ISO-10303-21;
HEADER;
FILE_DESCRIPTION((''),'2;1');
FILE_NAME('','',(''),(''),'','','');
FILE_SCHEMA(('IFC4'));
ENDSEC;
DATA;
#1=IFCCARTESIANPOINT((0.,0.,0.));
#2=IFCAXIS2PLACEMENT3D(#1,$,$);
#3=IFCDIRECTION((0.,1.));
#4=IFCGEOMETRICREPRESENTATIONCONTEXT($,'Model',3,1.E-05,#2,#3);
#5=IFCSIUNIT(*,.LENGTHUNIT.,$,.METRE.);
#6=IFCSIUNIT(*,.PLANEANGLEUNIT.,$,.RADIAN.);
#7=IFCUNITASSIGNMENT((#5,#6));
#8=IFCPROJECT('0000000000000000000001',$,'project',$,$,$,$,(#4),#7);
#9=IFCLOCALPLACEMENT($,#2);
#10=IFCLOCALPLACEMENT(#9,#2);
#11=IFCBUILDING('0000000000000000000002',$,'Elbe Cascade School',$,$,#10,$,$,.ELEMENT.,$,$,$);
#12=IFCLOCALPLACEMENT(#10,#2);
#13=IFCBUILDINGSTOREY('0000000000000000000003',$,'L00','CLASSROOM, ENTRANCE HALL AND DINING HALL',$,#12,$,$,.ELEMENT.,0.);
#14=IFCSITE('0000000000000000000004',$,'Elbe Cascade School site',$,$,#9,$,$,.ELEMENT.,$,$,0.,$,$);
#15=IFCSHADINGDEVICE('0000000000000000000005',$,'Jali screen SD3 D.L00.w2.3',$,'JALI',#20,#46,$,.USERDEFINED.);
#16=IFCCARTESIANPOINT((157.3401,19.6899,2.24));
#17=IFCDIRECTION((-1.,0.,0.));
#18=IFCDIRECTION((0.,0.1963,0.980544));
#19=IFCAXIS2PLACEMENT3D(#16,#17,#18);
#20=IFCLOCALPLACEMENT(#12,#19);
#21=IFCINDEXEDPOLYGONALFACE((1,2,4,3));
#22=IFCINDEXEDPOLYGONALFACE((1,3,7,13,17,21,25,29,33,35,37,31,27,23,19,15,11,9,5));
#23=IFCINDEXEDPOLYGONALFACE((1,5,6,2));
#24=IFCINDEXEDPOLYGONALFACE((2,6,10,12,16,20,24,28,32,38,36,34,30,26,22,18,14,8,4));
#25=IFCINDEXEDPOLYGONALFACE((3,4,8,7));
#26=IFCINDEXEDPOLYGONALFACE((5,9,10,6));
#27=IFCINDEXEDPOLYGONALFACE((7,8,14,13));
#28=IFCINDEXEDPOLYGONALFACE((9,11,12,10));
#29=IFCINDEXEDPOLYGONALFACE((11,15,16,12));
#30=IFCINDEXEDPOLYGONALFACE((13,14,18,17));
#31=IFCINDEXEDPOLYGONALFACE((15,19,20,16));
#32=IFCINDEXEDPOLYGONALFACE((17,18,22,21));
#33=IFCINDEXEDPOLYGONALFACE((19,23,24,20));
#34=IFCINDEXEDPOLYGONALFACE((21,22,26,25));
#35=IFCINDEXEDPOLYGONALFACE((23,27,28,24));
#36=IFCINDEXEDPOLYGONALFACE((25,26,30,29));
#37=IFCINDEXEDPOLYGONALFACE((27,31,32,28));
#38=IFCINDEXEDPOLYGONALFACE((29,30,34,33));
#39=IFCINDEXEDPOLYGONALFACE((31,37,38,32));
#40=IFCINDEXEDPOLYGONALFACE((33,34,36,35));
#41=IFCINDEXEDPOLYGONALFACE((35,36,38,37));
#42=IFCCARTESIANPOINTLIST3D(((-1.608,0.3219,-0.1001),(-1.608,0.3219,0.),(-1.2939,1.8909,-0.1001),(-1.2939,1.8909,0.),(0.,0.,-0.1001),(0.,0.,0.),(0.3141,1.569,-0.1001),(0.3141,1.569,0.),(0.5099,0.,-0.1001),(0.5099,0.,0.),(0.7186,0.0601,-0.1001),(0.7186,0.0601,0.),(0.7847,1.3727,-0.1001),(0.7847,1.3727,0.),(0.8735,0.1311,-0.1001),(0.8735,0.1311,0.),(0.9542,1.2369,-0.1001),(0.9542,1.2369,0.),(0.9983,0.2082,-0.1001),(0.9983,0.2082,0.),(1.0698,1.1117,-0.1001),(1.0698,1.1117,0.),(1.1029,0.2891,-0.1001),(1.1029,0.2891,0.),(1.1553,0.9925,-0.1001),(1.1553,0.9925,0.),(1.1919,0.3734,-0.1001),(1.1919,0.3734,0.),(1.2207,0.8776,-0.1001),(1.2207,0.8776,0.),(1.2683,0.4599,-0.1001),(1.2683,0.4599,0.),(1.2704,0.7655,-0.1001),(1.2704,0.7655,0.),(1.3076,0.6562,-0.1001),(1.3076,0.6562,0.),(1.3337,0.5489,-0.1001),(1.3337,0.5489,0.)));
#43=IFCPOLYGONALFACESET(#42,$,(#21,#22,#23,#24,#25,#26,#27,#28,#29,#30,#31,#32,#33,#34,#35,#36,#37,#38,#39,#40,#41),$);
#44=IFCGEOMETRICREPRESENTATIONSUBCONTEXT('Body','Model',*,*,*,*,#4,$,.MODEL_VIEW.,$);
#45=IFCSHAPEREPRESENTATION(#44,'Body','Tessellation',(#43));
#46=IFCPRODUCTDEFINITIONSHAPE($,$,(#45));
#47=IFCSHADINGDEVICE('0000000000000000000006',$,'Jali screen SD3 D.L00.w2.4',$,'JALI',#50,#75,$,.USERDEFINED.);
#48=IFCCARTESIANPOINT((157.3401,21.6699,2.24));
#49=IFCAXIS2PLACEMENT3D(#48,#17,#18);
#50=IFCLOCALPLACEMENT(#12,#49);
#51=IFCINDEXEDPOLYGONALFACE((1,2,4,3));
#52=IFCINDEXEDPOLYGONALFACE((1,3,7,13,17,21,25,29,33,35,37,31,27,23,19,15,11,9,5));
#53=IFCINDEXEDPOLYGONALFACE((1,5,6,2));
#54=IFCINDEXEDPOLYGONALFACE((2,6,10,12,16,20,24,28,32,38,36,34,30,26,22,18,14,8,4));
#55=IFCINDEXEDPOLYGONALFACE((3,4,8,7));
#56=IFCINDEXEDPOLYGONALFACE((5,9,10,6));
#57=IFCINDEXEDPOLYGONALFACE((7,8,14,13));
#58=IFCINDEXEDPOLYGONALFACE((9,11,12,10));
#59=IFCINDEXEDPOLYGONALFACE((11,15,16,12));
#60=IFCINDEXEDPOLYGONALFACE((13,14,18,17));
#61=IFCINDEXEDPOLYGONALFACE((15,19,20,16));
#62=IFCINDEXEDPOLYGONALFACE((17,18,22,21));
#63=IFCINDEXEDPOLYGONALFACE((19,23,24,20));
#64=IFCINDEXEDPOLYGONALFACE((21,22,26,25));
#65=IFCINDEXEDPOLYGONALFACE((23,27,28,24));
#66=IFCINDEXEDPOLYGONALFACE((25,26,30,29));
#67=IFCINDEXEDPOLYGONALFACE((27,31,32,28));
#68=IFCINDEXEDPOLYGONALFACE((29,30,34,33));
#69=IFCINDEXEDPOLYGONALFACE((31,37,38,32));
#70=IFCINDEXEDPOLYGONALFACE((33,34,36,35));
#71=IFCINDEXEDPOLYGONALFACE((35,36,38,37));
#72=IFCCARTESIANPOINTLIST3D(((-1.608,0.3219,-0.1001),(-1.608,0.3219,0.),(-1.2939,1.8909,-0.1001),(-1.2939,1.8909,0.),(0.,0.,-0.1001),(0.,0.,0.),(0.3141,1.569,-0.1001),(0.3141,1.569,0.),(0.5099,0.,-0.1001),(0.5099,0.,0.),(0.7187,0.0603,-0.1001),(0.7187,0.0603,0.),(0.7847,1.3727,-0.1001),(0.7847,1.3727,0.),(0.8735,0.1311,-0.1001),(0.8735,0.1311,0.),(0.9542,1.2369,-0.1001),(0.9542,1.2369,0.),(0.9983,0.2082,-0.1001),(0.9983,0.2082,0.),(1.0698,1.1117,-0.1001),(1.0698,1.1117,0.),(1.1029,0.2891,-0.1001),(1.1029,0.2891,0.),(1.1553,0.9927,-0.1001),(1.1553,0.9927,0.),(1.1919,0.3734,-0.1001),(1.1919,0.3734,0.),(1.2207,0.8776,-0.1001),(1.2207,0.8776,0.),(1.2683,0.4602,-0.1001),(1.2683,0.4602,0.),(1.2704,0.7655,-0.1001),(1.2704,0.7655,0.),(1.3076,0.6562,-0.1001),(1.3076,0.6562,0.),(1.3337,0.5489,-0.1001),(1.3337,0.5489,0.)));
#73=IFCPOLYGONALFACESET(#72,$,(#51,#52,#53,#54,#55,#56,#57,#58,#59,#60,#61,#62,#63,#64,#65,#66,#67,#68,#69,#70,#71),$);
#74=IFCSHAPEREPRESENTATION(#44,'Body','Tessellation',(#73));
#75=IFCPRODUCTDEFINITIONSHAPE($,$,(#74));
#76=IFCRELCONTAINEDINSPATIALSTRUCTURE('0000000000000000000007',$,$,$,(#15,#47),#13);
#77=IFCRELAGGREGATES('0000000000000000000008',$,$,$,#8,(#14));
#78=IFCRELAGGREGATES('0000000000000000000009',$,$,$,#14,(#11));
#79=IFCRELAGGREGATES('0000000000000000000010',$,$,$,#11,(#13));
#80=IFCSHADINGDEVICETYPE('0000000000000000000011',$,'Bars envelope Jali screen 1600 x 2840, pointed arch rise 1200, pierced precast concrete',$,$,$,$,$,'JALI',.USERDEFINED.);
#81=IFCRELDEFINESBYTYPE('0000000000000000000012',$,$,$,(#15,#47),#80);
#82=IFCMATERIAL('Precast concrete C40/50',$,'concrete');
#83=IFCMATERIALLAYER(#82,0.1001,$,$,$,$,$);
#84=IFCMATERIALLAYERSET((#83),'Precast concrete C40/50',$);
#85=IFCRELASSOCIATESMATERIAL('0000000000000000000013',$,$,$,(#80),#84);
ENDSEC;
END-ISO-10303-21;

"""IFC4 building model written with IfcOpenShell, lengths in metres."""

from ifc_helpers import new_model, si_unit, direction, frame, origin, place, context, subcontext, project, spatial, polyline, outline, extrude, material, layer, layer_set, type_object, element, save


model = new_model("IFC4")

# Units and contexts
model_context = context("Model", 3, precision=1e-05, world=origin(), true_north=direction((0.0, 1.0)))
body_context = subcontext(model_context, "Body", "Model", "MODEL_VIEW")
ifc_project = project(units=[si_unit("LENGTHUNIT", "METRE"), si_unit("PLANEANGLEUNIT", "RADIAN")], contexts=[model_context])

# Site, building, storey
site_placement = place(None, origin())
site = spatial("IfcSite", under=ifc_project, at=site_placement, Name="Elbe Cascade School site", CompositionType="ELEMENT", RefElevation=0.0)
building_placement = place(site_placement, origin())
building = spatial("IfcBuilding", under=site, at=building_placement, Name="Elbe Cascade School", CompositionType="ELEMENT")
storey_placement = place(building_placement, origin())
storey = spatial("IfcBuildingStorey", under=building, at=storey_placement, Name="L00", Description="CLASSROOM, ENTRANCE HALL AND DINING HALL", CompositionType="ELEMENT", Elevation=0.0)

# Shading devices
ifc_material_1 = material(Name="Precast concrete C40/50", Category="concrete")
ifc_layer_1 = layer(ifc_material_1, 0.1001)
ifc_layer_set_1 = layer_set([ifc_layer_1], Name="Precast concrete C40/50")
shading_device_type = type_object("IfcShadingDeviceType", Name="Bars envelope Jali screen 1600 x 2840, pointed arch rise 1200, pierced precast concrete", ElementType="JALI", PredefinedType="USERDEFINED", material=ifc_layer_set_1)
shading_device_1_placement = place(storey_placement, frame((157.3401, 19.6899, 2.24), z_axis=(-1.0, 0.0, 0.0), x_axis=(0.0, 0.1963, 0.980544)))
element("IfcShadingDevice", 1, at=shading_device_1_placement, inside=storey, type_object=shading_device_type, Name="Jali screen SD3 D.L00.w2.3", ObjectType="JALI", PredefinedType="USERDEFINED", context=body_context, shape_type="SweptSolid", body=[
    extrude(outline(polyline([(0.0, 0.0), (0.5099, 0.0), (0.7186, 0.0601), (0.8735, 0.1311), (0.9983, 0.2082), (1.1029, 0.2891), (1.1919, 0.3734), (1.2683, 0.4599), (1.3337, 0.5489), (1.3076, 0.6562), (1.2704, 0.7655), (1.2207, 0.8776), (1.1553, 0.9925), (1.0698, 1.1117), (0.9542, 1.2369), (0.7847, 1.3727), (0.3141, 1.569), (-1.2939, 1.8909), (-1.608, 0.3219), (0.0, 0.0)])), origin(), (0.0, 0.0, -1.0), 0.1001),
])
shading_device_2_placement = place(storey_placement, frame((157.3401, 21.6699, 2.24), z_axis=(-1.0, 0.0, 0.0), x_axis=(0.0, 0.1963, 0.980544)))
element("IfcShadingDevice", 2, at=shading_device_2_placement, inside=storey, type_object=shading_device_type, Name="Jali screen SD3 D.L00.w2.4", ObjectType="JALI", PredefinedType="USERDEFINED", context=body_context, shape_type="SweptSolid", body=[
    extrude(outline(polyline([(0.0, 0.0), (0.5099, 0.0), (0.7187, 0.0603), (0.8735, 0.1311), (0.9983, 0.2082), (1.1029, 0.2891), (1.1919, 0.3734), (1.2683, 0.4602), (1.3337, 0.5489), (1.3076, 0.6562), (1.2704, 0.7655), (1.2207, 0.8776), (1.1553, 0.9927), (1.0698, 1.1117), (0.9542, 1.2369), (0.7847, 1.3727), (0.3141, 1.569), (-1.2939, 1.8909), (-1.608, 0.3219), (0.0, 0.0)])), origin(), (0.0, 0.0, -1.0), 0.1001),
])

save(model, "model.ifc")
